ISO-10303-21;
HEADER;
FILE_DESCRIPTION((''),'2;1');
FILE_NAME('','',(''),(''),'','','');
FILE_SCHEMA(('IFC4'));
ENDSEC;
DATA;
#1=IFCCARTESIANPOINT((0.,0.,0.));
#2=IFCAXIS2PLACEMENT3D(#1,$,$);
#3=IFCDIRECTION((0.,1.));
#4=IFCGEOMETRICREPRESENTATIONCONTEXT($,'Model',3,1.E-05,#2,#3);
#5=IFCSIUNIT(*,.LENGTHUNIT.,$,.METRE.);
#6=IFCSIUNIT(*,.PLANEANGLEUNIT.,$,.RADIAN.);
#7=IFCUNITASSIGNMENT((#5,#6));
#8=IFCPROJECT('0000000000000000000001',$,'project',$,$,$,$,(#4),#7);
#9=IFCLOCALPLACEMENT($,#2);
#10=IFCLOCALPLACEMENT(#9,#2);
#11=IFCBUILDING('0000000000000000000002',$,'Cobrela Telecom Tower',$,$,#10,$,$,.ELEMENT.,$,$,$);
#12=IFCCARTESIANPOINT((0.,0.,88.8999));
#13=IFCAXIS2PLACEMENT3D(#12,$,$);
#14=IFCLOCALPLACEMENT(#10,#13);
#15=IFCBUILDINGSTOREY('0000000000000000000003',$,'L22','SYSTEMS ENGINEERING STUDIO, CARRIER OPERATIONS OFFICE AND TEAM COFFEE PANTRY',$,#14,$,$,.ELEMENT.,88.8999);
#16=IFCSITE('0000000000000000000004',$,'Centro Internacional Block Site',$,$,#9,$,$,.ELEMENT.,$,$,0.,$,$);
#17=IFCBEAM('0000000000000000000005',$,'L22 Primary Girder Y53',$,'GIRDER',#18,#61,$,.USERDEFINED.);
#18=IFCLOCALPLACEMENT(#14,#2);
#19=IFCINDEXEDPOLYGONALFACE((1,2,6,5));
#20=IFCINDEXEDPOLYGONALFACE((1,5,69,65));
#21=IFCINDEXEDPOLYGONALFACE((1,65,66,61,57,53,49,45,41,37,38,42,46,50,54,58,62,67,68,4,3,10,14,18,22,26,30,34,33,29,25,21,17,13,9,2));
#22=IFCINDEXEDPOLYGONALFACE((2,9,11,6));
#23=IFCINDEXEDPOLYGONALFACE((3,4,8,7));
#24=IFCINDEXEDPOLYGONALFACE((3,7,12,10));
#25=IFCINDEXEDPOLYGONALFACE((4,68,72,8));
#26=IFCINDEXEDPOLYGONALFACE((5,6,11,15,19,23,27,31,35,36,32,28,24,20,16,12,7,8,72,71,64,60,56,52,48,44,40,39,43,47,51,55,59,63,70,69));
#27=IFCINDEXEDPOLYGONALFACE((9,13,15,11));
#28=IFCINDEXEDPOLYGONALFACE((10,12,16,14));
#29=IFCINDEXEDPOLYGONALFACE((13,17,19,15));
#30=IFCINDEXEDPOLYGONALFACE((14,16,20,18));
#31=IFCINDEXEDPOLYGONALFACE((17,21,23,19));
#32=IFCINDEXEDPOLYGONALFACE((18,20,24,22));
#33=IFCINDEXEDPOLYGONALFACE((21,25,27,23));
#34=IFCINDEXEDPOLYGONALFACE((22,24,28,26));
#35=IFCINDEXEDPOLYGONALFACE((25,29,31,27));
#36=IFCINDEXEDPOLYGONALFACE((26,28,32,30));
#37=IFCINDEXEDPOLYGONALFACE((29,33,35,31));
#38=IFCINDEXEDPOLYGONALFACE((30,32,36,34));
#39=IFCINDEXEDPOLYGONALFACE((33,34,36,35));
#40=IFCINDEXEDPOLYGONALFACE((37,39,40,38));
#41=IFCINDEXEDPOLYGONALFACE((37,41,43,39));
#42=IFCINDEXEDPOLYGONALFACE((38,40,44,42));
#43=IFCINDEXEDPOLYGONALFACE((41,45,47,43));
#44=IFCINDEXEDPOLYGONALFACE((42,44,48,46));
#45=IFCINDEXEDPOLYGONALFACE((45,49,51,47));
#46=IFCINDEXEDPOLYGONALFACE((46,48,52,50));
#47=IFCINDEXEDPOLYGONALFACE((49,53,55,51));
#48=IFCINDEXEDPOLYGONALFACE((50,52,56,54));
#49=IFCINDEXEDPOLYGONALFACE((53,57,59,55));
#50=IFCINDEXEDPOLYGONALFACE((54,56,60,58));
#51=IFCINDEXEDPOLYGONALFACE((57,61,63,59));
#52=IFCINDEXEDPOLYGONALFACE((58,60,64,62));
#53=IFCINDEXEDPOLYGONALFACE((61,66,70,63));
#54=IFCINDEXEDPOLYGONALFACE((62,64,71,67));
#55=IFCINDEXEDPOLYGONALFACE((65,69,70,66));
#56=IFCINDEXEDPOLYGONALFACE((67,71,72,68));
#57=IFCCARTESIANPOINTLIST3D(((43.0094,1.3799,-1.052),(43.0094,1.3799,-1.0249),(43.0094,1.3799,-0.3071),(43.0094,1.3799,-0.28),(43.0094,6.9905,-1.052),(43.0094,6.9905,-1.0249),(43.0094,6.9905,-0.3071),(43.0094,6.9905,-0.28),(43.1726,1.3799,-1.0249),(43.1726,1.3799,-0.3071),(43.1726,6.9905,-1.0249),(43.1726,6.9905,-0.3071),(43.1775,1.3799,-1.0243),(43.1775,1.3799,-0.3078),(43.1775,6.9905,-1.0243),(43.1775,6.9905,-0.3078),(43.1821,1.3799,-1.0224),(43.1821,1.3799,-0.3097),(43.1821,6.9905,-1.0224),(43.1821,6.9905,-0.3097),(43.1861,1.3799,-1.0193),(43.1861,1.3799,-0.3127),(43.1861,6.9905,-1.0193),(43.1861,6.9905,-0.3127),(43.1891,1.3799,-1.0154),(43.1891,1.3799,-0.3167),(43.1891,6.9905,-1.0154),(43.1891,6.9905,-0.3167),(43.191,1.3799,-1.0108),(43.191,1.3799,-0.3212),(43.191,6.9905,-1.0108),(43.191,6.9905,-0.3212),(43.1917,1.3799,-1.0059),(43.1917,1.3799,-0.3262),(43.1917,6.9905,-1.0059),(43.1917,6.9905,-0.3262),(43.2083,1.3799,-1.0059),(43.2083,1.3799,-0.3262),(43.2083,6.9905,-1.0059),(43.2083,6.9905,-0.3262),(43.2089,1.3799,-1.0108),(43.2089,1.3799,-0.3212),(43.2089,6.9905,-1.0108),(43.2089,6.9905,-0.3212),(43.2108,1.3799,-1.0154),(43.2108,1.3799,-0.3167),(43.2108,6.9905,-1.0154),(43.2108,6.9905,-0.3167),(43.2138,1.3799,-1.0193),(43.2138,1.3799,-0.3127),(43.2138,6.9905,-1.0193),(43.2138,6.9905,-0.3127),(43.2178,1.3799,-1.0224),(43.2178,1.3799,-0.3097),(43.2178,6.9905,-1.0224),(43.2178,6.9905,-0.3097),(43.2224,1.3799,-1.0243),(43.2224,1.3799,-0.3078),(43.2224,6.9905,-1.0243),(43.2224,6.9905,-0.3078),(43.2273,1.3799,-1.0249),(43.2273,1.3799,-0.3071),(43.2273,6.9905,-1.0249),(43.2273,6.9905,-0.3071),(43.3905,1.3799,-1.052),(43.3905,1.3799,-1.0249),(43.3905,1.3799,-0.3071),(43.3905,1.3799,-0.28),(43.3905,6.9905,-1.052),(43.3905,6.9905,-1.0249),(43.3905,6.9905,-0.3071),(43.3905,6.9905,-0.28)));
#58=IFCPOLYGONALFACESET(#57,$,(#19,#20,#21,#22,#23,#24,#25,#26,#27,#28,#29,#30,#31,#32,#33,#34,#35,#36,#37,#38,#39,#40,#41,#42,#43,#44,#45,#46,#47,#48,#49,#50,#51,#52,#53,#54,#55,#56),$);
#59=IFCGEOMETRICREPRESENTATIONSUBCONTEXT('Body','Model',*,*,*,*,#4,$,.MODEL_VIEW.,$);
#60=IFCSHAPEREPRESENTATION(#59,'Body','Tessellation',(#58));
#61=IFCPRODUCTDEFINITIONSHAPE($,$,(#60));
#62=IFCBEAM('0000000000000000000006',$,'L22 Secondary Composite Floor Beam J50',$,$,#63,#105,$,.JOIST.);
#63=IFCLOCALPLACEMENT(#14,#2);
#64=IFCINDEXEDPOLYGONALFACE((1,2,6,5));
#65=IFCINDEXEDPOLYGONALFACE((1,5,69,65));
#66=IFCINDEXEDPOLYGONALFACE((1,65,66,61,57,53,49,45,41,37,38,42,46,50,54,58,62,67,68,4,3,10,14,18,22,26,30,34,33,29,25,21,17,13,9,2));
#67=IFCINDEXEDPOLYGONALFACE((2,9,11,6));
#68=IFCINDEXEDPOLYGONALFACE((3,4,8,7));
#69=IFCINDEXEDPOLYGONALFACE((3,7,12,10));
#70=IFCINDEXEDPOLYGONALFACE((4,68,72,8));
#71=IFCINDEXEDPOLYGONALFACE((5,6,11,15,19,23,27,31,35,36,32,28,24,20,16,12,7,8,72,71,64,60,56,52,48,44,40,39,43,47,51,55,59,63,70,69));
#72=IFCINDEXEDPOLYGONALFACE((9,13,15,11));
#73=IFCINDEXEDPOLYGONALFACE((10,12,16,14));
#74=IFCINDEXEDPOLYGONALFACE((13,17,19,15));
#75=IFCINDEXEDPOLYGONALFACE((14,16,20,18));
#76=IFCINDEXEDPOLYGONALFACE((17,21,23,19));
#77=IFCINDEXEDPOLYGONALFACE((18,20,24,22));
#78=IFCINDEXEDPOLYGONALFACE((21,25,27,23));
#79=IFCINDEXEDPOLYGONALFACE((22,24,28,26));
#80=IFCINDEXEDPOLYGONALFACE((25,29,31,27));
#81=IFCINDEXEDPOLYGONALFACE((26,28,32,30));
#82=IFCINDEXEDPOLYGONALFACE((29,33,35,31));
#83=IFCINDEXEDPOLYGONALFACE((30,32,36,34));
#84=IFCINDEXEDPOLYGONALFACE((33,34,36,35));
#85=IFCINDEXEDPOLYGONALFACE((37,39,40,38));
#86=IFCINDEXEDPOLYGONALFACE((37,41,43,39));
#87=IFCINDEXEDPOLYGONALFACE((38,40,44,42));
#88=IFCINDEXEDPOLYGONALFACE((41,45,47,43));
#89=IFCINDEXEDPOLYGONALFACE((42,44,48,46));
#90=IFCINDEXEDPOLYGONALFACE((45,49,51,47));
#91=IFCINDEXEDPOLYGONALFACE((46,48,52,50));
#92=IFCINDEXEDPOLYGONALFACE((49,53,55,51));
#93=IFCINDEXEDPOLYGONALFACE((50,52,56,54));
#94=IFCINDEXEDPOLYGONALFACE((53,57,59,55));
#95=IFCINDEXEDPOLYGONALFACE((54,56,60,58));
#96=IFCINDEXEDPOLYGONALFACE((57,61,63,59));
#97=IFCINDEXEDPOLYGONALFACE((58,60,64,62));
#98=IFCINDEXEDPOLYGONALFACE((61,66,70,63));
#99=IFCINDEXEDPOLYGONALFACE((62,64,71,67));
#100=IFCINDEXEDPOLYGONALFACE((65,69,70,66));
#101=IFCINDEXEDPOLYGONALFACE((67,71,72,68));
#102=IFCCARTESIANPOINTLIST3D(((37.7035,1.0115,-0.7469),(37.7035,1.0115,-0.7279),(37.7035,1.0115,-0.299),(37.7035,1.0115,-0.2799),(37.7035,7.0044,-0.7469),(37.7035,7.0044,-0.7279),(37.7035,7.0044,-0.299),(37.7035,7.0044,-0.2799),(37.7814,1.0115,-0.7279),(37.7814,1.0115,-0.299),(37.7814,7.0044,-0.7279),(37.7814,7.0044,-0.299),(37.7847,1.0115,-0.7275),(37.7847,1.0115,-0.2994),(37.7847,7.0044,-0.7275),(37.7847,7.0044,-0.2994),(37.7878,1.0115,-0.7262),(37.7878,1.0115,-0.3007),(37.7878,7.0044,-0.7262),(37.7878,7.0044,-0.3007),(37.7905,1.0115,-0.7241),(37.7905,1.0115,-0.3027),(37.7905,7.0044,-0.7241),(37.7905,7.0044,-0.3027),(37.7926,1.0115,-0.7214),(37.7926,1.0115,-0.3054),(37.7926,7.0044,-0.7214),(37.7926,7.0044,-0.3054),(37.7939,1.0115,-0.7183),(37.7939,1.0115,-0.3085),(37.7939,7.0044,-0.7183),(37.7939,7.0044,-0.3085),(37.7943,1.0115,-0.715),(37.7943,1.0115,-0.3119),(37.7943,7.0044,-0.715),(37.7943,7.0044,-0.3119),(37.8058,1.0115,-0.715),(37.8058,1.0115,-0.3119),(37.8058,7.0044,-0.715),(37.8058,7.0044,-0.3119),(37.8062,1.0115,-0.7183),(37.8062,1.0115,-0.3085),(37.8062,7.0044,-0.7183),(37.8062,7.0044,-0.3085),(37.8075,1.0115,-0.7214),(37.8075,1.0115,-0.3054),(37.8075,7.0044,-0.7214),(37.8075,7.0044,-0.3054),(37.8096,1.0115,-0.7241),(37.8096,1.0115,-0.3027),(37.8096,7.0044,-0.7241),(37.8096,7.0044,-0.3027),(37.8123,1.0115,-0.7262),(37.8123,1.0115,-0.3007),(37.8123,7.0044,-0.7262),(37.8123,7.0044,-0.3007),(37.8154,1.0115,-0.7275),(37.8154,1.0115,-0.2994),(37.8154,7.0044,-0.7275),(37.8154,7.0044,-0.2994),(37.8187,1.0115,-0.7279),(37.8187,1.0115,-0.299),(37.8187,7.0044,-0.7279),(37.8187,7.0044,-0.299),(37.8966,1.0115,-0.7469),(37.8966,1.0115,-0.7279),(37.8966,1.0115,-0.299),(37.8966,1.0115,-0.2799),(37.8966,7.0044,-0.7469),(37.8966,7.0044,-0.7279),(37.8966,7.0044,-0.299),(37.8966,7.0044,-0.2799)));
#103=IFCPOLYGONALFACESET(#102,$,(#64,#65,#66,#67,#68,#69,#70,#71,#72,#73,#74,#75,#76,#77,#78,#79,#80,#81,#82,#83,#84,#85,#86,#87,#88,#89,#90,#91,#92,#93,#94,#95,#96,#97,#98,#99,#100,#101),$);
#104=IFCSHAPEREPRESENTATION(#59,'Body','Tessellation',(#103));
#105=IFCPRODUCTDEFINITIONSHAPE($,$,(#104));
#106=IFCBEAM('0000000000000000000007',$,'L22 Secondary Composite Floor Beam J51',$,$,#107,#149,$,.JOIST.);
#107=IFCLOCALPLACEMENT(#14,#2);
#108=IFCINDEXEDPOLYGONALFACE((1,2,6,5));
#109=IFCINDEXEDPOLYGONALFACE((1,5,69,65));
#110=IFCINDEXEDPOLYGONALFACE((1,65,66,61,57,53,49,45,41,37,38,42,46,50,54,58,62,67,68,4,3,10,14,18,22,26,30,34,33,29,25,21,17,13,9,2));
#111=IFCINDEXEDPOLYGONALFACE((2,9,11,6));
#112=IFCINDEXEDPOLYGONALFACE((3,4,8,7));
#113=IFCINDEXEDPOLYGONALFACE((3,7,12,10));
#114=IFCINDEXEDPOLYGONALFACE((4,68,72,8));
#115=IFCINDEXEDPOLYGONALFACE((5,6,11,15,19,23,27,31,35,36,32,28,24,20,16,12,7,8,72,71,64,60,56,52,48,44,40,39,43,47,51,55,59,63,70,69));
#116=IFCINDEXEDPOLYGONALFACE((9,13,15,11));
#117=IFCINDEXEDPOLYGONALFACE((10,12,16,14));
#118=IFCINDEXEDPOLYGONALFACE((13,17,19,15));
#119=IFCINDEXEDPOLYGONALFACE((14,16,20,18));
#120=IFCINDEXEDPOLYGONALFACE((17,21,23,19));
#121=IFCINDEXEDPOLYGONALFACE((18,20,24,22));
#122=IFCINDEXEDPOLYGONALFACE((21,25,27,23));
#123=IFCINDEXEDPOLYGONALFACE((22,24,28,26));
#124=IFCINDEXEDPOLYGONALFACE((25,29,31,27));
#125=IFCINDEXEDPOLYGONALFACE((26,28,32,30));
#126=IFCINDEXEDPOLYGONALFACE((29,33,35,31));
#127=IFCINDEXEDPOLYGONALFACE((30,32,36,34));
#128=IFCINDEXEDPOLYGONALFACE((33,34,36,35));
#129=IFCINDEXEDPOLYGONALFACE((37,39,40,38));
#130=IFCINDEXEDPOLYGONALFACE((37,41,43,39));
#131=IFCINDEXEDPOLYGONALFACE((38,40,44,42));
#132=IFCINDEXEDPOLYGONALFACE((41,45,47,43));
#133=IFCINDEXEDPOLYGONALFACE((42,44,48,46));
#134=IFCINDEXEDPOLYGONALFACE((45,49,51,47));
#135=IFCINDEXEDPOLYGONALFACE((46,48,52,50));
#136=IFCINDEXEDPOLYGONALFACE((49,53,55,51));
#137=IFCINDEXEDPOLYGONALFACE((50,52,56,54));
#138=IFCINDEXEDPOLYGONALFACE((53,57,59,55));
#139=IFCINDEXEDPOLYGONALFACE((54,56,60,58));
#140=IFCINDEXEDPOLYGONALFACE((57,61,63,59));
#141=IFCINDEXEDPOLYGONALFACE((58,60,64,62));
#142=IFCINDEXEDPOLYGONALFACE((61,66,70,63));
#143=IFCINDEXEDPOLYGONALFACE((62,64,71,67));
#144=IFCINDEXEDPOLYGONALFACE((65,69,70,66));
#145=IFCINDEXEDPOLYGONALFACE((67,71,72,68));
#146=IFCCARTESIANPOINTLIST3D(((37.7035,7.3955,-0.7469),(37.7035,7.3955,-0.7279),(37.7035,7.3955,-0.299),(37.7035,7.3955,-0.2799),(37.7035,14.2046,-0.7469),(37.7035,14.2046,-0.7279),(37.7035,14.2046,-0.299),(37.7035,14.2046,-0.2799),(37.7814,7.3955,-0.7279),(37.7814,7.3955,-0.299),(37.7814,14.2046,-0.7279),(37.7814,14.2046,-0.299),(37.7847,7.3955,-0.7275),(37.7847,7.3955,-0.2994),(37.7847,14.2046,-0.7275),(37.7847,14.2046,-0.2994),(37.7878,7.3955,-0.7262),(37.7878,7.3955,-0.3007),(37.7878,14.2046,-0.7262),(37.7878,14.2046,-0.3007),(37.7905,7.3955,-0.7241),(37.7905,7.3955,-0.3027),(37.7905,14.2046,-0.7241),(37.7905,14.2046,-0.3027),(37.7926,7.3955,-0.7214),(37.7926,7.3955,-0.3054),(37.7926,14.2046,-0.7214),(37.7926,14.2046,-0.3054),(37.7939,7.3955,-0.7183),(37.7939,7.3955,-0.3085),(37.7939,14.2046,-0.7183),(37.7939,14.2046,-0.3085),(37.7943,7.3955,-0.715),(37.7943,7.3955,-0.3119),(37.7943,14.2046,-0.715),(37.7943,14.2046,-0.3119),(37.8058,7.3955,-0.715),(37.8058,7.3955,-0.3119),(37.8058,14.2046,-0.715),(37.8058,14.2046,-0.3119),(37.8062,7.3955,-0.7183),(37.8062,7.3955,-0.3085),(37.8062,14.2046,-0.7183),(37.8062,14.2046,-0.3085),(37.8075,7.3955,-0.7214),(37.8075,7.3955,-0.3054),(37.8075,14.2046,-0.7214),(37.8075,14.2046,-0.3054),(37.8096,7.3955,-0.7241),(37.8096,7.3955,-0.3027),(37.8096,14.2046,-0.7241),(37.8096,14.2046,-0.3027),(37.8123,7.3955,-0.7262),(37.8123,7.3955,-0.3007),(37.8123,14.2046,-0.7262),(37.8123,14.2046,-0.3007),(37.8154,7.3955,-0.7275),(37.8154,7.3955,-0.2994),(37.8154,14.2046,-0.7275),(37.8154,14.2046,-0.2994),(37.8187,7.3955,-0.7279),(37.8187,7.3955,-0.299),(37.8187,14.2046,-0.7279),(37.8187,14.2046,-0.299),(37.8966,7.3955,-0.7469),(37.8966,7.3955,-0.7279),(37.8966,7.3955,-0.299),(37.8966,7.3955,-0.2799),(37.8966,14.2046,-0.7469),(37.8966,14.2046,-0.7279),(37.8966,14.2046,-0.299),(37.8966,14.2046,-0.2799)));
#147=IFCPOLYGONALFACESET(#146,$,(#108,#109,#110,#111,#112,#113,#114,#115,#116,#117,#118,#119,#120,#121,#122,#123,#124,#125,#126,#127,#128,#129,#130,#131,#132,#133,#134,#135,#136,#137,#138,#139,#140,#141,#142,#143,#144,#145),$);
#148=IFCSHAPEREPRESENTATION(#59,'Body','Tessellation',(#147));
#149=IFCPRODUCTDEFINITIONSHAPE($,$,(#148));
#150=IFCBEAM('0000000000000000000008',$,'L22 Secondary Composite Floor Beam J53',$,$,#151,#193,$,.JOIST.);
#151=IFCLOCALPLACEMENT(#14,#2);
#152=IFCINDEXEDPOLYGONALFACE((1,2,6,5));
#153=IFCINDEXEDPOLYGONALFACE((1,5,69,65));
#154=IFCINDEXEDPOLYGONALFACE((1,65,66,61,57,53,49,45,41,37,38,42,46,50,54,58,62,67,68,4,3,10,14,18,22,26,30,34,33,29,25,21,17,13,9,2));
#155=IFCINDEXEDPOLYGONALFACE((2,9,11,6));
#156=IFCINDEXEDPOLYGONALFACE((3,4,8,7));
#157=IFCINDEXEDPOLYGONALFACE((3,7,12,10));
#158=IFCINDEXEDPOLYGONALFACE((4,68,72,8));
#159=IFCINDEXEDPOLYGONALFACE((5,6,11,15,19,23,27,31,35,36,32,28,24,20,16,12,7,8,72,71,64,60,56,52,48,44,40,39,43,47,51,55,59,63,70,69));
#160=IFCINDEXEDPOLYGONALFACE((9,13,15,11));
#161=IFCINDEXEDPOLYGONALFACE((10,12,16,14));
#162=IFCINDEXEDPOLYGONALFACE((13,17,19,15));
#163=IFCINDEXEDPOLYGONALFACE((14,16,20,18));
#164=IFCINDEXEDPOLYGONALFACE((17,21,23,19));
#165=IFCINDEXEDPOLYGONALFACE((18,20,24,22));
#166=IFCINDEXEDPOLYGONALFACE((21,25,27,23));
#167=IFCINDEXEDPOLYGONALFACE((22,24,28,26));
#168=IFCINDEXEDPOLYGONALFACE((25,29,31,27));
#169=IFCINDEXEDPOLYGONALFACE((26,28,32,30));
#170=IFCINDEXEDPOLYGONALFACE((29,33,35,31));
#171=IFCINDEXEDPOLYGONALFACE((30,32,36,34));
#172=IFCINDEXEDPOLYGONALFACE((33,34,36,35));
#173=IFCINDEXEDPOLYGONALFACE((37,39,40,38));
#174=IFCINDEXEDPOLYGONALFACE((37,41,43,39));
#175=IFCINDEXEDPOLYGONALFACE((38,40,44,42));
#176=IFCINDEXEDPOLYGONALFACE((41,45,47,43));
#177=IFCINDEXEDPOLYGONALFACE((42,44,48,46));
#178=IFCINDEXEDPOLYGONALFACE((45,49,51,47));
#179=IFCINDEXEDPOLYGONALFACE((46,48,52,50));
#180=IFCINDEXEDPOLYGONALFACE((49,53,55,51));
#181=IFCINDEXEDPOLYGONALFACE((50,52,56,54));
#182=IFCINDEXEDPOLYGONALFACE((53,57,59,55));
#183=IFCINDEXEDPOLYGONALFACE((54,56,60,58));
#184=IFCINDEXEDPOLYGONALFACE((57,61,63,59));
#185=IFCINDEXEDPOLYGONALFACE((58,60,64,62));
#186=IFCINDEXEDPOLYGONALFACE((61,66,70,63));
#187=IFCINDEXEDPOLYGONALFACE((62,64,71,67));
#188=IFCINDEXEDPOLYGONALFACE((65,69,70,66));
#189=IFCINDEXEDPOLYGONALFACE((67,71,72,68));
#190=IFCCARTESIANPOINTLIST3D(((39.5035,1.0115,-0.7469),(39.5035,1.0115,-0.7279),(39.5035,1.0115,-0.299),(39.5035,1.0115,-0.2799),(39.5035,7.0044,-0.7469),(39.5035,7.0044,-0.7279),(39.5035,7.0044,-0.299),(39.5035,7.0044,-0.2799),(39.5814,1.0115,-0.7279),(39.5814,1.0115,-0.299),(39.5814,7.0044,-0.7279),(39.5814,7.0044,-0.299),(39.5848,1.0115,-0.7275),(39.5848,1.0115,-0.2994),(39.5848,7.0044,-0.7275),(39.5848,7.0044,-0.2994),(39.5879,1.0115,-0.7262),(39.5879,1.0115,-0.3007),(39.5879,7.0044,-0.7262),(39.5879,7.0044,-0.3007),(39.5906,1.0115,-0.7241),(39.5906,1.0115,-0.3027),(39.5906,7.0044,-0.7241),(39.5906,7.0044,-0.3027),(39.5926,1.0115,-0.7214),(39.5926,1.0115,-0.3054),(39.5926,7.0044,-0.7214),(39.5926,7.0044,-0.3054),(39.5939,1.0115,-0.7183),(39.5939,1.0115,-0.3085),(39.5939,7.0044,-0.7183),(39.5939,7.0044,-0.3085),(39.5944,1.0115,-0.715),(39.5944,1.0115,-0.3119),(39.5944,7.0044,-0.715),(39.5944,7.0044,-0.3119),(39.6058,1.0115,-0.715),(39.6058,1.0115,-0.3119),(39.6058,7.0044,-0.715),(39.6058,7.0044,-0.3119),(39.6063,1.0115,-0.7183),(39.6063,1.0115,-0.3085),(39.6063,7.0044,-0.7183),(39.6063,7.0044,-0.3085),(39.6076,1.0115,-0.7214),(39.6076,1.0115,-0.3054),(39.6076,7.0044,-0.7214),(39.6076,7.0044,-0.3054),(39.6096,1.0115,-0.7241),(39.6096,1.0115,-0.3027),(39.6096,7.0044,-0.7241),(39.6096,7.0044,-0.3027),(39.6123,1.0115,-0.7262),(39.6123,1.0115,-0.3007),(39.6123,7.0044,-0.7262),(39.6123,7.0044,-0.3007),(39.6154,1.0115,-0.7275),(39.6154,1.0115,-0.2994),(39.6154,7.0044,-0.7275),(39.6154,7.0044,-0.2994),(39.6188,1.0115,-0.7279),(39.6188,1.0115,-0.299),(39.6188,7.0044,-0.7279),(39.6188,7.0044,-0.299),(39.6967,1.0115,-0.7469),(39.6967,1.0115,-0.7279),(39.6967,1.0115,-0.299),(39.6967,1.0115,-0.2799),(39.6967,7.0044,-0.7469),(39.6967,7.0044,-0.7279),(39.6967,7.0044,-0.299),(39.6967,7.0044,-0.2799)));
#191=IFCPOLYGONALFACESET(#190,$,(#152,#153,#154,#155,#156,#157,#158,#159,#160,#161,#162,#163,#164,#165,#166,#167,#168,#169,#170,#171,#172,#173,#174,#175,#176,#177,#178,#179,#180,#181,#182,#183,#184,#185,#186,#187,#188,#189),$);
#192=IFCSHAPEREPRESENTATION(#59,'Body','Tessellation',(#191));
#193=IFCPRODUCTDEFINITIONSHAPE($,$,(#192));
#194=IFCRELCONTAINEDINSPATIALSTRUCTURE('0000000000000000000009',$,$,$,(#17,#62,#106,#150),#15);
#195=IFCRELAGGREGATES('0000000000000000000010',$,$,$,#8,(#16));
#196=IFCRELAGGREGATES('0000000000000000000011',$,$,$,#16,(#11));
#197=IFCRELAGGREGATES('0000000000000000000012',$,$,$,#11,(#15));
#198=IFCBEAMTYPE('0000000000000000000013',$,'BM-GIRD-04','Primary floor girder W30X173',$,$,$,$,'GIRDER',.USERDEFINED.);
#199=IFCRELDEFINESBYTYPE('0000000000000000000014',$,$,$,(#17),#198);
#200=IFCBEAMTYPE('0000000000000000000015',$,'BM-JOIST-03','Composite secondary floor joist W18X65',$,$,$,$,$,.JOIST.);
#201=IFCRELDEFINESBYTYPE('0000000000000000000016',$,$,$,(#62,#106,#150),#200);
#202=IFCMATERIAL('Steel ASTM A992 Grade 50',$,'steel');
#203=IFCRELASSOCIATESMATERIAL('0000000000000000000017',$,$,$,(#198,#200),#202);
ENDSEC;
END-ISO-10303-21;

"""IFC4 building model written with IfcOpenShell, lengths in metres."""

from ifc_helpers import new_model, si_unit, direction, frame, origin, origin_2d, place, context, subcontext, project, spatial, i_section, extrude, material, material_profile, profile_set, type_object, element, save


model = new_model("IFC4")

# Units and contexts
model_context = context("Model", 3, precision=1e-05, world=origin(), true_north=direction((0.0, 1.0)))
body_context = subcontext(model_context, "Body", "Model", "MODEL_VIEW")
ifc_project = project(units=[si_unit("LENGTHUNIT", "METRE"), si_unit("PLANEANGLEUNIT", "RADIAN")], contexts=[model_context])

# Site, building, storey
site_placement = place(None, origin())
site = spatial("IfcSite", under=ifc_project, at=site_placement, Name="Centro Internacional Block Site", CompositionType="ELEMENT", RefElevation=0.0)
building_placement = place(site_placement, origin())
building = spatial("IfcBuilding", under=site, at=building_placement, Name="Cobrela Telecom Tower", CompositionType="ELEMENT")
storey_placement = place(building_placement, frame((0.0, 0.0, 88.8999)))
storey = spatial("IfcBuildingStorey", under=building, at=storey_placement, Name="L22", Description="SYSTEMS ENGINEERING STUDIO, CARRIER OPERATIONS OFFICE AND TEAM COFFEE PANTRY", CompositionType="ELEMENT", Elevation=88.8999)

# Shared definitions
ifc_material_1 = material(Name="Steel ASTM A992 Grade 50", Category="steel")

# Beams
ifc_material_profile_1 = material_profile(ifc_material_1, i_section(OverallWidth=0.3811, OverallDepth=0.772, WebThickness=0.0166, FlangeThickness=0.0271, FilletRadius=0.019, at=origin_2d()), Name="W30X173")
ifc_profile_set_1 = profile_set([ifc_material_profile_1], Name="Steel ASTM A992 Grade 50")
beam_type_1 = type_object("IfcBeamType", Name="BM-GIRD-04", Description="Primary floor girder W30X173", ElementType="GIRDER", PredefinedType="USERDEFINED", material=ifc_profile_set_1)
beam_1_placement = place(storey_placement, frame((43.2, 1.3799, -0.666), z_axis=(0.0, 1.0, 0.0), x_axis=(-1.0, 0.0, 0.0)))
element("IfcBeam", 1, at=beam_1_placement, inside=storey, type_object=beam_type_1, Name="L22 Primary Girder Y53", ObjectType="GIRDER", PredefinedType="USERDEFINED", context=body_context, shape_type="SweptSolid", body=[
    extrude(i_section(OverallWidth=0.3811, OverallDepth=0.772, WebThickness=0.0166, FlangeThickness=0.0271, FilletRadius=0.019, at=origin_2d()), origin(), (0.0, 0.0, 1.0), 5.6106),
])
ifc_material_profile_2 = material_profile(ifc_material_1, i_section(OverallWidth=0.1931, OverallDepth=0.467, WebThickness=0.0115, FlangeThickness=0.019, FilletRadius=0.0129, at=origin_2d()), Name="W18X65")
ifc_profile_set_2 = profile_set([ifc_material_profile_2], Name="Steel ASTM A992 Grade 50")
beam_type_2 = type_object("IfcBeamType", Name="BM-JOIST-03", Description="Composite secondary floor joist W18X65", PredefinedType="JOIST", material=ifc_profile_set_2)
beam_2_placement = place(storey_placement, frame((37.8, 1.0115, -0.5134), z_axis=(0.0, 1.0, 0.0), x_axis=(-1.0, 0.0, 0.0)))
element("IfcBeam", 2, at=beam_2_placement, inside=storey, type_object=beam_type_2, Name="L22 Secondary Composite Floor Beam J50", PredefinedType="JOIST", context=body_context, shape_type="SweptSolid", body=[
    extrude(i_section(OverallWidth=0.1931, OverallDepth=0.467, WebThickness=0.0115, FlangeThickness=0.019, FilletRadius=0.0129, at=origin_2d()), origin(), (0.0, 0.0, 1.0), 5.9929),
])
beam_3_placement = place(storey_placement, frame((37.8, 7.3955, -0.5134), z_axis=(0.0, 1.0, 0.0), x_axis=(-1.0, 0.0, 0.0)))
element("IfcBeam", 3, at=beam_3_placement, inside=storey, type_object=beam_type_2, Name="L22 Secondary Composite Floor Beam J51", PredefinedType="JOIST", context=body_context, shape_type="SweptSolid", body=[
    extrude(i_section(OverallWidth=0.1931, OverallDepth=0.467, WebThickness=0.0115, FlangeThickness=0.019, FilletRadius=0.0129, at=origin_2d()), origin(), (0.0, 0.0, 1.0), 6.8091),
])
beam_4_placement = place(storey_placement, frame((39.6001, 1.0115, -0.5134), z_axis=(0.0, 1.0, 0.0), x_axis=(-1.0, 0.0, 0.0)))
element("IfcBeam", 4, at=beam_4_placement, inside=storey, type_object=beam_type_2, Name="L22 Secondary Composite Floor Beam J53", PredefinedType="JOIST", context=body_context, shape_type="SweptSolid", body=[
    extrude(i_section(OverallWidth=0.1931, OverallDepth=0.467, WebThickness=0.0115, FlangeThickness=0.019, FilletRadius=0.0129, at=origin_2d()), origin(), (0.0, 0.0, 1.0), 5.9929),
])

save(model, "model.ifc")
